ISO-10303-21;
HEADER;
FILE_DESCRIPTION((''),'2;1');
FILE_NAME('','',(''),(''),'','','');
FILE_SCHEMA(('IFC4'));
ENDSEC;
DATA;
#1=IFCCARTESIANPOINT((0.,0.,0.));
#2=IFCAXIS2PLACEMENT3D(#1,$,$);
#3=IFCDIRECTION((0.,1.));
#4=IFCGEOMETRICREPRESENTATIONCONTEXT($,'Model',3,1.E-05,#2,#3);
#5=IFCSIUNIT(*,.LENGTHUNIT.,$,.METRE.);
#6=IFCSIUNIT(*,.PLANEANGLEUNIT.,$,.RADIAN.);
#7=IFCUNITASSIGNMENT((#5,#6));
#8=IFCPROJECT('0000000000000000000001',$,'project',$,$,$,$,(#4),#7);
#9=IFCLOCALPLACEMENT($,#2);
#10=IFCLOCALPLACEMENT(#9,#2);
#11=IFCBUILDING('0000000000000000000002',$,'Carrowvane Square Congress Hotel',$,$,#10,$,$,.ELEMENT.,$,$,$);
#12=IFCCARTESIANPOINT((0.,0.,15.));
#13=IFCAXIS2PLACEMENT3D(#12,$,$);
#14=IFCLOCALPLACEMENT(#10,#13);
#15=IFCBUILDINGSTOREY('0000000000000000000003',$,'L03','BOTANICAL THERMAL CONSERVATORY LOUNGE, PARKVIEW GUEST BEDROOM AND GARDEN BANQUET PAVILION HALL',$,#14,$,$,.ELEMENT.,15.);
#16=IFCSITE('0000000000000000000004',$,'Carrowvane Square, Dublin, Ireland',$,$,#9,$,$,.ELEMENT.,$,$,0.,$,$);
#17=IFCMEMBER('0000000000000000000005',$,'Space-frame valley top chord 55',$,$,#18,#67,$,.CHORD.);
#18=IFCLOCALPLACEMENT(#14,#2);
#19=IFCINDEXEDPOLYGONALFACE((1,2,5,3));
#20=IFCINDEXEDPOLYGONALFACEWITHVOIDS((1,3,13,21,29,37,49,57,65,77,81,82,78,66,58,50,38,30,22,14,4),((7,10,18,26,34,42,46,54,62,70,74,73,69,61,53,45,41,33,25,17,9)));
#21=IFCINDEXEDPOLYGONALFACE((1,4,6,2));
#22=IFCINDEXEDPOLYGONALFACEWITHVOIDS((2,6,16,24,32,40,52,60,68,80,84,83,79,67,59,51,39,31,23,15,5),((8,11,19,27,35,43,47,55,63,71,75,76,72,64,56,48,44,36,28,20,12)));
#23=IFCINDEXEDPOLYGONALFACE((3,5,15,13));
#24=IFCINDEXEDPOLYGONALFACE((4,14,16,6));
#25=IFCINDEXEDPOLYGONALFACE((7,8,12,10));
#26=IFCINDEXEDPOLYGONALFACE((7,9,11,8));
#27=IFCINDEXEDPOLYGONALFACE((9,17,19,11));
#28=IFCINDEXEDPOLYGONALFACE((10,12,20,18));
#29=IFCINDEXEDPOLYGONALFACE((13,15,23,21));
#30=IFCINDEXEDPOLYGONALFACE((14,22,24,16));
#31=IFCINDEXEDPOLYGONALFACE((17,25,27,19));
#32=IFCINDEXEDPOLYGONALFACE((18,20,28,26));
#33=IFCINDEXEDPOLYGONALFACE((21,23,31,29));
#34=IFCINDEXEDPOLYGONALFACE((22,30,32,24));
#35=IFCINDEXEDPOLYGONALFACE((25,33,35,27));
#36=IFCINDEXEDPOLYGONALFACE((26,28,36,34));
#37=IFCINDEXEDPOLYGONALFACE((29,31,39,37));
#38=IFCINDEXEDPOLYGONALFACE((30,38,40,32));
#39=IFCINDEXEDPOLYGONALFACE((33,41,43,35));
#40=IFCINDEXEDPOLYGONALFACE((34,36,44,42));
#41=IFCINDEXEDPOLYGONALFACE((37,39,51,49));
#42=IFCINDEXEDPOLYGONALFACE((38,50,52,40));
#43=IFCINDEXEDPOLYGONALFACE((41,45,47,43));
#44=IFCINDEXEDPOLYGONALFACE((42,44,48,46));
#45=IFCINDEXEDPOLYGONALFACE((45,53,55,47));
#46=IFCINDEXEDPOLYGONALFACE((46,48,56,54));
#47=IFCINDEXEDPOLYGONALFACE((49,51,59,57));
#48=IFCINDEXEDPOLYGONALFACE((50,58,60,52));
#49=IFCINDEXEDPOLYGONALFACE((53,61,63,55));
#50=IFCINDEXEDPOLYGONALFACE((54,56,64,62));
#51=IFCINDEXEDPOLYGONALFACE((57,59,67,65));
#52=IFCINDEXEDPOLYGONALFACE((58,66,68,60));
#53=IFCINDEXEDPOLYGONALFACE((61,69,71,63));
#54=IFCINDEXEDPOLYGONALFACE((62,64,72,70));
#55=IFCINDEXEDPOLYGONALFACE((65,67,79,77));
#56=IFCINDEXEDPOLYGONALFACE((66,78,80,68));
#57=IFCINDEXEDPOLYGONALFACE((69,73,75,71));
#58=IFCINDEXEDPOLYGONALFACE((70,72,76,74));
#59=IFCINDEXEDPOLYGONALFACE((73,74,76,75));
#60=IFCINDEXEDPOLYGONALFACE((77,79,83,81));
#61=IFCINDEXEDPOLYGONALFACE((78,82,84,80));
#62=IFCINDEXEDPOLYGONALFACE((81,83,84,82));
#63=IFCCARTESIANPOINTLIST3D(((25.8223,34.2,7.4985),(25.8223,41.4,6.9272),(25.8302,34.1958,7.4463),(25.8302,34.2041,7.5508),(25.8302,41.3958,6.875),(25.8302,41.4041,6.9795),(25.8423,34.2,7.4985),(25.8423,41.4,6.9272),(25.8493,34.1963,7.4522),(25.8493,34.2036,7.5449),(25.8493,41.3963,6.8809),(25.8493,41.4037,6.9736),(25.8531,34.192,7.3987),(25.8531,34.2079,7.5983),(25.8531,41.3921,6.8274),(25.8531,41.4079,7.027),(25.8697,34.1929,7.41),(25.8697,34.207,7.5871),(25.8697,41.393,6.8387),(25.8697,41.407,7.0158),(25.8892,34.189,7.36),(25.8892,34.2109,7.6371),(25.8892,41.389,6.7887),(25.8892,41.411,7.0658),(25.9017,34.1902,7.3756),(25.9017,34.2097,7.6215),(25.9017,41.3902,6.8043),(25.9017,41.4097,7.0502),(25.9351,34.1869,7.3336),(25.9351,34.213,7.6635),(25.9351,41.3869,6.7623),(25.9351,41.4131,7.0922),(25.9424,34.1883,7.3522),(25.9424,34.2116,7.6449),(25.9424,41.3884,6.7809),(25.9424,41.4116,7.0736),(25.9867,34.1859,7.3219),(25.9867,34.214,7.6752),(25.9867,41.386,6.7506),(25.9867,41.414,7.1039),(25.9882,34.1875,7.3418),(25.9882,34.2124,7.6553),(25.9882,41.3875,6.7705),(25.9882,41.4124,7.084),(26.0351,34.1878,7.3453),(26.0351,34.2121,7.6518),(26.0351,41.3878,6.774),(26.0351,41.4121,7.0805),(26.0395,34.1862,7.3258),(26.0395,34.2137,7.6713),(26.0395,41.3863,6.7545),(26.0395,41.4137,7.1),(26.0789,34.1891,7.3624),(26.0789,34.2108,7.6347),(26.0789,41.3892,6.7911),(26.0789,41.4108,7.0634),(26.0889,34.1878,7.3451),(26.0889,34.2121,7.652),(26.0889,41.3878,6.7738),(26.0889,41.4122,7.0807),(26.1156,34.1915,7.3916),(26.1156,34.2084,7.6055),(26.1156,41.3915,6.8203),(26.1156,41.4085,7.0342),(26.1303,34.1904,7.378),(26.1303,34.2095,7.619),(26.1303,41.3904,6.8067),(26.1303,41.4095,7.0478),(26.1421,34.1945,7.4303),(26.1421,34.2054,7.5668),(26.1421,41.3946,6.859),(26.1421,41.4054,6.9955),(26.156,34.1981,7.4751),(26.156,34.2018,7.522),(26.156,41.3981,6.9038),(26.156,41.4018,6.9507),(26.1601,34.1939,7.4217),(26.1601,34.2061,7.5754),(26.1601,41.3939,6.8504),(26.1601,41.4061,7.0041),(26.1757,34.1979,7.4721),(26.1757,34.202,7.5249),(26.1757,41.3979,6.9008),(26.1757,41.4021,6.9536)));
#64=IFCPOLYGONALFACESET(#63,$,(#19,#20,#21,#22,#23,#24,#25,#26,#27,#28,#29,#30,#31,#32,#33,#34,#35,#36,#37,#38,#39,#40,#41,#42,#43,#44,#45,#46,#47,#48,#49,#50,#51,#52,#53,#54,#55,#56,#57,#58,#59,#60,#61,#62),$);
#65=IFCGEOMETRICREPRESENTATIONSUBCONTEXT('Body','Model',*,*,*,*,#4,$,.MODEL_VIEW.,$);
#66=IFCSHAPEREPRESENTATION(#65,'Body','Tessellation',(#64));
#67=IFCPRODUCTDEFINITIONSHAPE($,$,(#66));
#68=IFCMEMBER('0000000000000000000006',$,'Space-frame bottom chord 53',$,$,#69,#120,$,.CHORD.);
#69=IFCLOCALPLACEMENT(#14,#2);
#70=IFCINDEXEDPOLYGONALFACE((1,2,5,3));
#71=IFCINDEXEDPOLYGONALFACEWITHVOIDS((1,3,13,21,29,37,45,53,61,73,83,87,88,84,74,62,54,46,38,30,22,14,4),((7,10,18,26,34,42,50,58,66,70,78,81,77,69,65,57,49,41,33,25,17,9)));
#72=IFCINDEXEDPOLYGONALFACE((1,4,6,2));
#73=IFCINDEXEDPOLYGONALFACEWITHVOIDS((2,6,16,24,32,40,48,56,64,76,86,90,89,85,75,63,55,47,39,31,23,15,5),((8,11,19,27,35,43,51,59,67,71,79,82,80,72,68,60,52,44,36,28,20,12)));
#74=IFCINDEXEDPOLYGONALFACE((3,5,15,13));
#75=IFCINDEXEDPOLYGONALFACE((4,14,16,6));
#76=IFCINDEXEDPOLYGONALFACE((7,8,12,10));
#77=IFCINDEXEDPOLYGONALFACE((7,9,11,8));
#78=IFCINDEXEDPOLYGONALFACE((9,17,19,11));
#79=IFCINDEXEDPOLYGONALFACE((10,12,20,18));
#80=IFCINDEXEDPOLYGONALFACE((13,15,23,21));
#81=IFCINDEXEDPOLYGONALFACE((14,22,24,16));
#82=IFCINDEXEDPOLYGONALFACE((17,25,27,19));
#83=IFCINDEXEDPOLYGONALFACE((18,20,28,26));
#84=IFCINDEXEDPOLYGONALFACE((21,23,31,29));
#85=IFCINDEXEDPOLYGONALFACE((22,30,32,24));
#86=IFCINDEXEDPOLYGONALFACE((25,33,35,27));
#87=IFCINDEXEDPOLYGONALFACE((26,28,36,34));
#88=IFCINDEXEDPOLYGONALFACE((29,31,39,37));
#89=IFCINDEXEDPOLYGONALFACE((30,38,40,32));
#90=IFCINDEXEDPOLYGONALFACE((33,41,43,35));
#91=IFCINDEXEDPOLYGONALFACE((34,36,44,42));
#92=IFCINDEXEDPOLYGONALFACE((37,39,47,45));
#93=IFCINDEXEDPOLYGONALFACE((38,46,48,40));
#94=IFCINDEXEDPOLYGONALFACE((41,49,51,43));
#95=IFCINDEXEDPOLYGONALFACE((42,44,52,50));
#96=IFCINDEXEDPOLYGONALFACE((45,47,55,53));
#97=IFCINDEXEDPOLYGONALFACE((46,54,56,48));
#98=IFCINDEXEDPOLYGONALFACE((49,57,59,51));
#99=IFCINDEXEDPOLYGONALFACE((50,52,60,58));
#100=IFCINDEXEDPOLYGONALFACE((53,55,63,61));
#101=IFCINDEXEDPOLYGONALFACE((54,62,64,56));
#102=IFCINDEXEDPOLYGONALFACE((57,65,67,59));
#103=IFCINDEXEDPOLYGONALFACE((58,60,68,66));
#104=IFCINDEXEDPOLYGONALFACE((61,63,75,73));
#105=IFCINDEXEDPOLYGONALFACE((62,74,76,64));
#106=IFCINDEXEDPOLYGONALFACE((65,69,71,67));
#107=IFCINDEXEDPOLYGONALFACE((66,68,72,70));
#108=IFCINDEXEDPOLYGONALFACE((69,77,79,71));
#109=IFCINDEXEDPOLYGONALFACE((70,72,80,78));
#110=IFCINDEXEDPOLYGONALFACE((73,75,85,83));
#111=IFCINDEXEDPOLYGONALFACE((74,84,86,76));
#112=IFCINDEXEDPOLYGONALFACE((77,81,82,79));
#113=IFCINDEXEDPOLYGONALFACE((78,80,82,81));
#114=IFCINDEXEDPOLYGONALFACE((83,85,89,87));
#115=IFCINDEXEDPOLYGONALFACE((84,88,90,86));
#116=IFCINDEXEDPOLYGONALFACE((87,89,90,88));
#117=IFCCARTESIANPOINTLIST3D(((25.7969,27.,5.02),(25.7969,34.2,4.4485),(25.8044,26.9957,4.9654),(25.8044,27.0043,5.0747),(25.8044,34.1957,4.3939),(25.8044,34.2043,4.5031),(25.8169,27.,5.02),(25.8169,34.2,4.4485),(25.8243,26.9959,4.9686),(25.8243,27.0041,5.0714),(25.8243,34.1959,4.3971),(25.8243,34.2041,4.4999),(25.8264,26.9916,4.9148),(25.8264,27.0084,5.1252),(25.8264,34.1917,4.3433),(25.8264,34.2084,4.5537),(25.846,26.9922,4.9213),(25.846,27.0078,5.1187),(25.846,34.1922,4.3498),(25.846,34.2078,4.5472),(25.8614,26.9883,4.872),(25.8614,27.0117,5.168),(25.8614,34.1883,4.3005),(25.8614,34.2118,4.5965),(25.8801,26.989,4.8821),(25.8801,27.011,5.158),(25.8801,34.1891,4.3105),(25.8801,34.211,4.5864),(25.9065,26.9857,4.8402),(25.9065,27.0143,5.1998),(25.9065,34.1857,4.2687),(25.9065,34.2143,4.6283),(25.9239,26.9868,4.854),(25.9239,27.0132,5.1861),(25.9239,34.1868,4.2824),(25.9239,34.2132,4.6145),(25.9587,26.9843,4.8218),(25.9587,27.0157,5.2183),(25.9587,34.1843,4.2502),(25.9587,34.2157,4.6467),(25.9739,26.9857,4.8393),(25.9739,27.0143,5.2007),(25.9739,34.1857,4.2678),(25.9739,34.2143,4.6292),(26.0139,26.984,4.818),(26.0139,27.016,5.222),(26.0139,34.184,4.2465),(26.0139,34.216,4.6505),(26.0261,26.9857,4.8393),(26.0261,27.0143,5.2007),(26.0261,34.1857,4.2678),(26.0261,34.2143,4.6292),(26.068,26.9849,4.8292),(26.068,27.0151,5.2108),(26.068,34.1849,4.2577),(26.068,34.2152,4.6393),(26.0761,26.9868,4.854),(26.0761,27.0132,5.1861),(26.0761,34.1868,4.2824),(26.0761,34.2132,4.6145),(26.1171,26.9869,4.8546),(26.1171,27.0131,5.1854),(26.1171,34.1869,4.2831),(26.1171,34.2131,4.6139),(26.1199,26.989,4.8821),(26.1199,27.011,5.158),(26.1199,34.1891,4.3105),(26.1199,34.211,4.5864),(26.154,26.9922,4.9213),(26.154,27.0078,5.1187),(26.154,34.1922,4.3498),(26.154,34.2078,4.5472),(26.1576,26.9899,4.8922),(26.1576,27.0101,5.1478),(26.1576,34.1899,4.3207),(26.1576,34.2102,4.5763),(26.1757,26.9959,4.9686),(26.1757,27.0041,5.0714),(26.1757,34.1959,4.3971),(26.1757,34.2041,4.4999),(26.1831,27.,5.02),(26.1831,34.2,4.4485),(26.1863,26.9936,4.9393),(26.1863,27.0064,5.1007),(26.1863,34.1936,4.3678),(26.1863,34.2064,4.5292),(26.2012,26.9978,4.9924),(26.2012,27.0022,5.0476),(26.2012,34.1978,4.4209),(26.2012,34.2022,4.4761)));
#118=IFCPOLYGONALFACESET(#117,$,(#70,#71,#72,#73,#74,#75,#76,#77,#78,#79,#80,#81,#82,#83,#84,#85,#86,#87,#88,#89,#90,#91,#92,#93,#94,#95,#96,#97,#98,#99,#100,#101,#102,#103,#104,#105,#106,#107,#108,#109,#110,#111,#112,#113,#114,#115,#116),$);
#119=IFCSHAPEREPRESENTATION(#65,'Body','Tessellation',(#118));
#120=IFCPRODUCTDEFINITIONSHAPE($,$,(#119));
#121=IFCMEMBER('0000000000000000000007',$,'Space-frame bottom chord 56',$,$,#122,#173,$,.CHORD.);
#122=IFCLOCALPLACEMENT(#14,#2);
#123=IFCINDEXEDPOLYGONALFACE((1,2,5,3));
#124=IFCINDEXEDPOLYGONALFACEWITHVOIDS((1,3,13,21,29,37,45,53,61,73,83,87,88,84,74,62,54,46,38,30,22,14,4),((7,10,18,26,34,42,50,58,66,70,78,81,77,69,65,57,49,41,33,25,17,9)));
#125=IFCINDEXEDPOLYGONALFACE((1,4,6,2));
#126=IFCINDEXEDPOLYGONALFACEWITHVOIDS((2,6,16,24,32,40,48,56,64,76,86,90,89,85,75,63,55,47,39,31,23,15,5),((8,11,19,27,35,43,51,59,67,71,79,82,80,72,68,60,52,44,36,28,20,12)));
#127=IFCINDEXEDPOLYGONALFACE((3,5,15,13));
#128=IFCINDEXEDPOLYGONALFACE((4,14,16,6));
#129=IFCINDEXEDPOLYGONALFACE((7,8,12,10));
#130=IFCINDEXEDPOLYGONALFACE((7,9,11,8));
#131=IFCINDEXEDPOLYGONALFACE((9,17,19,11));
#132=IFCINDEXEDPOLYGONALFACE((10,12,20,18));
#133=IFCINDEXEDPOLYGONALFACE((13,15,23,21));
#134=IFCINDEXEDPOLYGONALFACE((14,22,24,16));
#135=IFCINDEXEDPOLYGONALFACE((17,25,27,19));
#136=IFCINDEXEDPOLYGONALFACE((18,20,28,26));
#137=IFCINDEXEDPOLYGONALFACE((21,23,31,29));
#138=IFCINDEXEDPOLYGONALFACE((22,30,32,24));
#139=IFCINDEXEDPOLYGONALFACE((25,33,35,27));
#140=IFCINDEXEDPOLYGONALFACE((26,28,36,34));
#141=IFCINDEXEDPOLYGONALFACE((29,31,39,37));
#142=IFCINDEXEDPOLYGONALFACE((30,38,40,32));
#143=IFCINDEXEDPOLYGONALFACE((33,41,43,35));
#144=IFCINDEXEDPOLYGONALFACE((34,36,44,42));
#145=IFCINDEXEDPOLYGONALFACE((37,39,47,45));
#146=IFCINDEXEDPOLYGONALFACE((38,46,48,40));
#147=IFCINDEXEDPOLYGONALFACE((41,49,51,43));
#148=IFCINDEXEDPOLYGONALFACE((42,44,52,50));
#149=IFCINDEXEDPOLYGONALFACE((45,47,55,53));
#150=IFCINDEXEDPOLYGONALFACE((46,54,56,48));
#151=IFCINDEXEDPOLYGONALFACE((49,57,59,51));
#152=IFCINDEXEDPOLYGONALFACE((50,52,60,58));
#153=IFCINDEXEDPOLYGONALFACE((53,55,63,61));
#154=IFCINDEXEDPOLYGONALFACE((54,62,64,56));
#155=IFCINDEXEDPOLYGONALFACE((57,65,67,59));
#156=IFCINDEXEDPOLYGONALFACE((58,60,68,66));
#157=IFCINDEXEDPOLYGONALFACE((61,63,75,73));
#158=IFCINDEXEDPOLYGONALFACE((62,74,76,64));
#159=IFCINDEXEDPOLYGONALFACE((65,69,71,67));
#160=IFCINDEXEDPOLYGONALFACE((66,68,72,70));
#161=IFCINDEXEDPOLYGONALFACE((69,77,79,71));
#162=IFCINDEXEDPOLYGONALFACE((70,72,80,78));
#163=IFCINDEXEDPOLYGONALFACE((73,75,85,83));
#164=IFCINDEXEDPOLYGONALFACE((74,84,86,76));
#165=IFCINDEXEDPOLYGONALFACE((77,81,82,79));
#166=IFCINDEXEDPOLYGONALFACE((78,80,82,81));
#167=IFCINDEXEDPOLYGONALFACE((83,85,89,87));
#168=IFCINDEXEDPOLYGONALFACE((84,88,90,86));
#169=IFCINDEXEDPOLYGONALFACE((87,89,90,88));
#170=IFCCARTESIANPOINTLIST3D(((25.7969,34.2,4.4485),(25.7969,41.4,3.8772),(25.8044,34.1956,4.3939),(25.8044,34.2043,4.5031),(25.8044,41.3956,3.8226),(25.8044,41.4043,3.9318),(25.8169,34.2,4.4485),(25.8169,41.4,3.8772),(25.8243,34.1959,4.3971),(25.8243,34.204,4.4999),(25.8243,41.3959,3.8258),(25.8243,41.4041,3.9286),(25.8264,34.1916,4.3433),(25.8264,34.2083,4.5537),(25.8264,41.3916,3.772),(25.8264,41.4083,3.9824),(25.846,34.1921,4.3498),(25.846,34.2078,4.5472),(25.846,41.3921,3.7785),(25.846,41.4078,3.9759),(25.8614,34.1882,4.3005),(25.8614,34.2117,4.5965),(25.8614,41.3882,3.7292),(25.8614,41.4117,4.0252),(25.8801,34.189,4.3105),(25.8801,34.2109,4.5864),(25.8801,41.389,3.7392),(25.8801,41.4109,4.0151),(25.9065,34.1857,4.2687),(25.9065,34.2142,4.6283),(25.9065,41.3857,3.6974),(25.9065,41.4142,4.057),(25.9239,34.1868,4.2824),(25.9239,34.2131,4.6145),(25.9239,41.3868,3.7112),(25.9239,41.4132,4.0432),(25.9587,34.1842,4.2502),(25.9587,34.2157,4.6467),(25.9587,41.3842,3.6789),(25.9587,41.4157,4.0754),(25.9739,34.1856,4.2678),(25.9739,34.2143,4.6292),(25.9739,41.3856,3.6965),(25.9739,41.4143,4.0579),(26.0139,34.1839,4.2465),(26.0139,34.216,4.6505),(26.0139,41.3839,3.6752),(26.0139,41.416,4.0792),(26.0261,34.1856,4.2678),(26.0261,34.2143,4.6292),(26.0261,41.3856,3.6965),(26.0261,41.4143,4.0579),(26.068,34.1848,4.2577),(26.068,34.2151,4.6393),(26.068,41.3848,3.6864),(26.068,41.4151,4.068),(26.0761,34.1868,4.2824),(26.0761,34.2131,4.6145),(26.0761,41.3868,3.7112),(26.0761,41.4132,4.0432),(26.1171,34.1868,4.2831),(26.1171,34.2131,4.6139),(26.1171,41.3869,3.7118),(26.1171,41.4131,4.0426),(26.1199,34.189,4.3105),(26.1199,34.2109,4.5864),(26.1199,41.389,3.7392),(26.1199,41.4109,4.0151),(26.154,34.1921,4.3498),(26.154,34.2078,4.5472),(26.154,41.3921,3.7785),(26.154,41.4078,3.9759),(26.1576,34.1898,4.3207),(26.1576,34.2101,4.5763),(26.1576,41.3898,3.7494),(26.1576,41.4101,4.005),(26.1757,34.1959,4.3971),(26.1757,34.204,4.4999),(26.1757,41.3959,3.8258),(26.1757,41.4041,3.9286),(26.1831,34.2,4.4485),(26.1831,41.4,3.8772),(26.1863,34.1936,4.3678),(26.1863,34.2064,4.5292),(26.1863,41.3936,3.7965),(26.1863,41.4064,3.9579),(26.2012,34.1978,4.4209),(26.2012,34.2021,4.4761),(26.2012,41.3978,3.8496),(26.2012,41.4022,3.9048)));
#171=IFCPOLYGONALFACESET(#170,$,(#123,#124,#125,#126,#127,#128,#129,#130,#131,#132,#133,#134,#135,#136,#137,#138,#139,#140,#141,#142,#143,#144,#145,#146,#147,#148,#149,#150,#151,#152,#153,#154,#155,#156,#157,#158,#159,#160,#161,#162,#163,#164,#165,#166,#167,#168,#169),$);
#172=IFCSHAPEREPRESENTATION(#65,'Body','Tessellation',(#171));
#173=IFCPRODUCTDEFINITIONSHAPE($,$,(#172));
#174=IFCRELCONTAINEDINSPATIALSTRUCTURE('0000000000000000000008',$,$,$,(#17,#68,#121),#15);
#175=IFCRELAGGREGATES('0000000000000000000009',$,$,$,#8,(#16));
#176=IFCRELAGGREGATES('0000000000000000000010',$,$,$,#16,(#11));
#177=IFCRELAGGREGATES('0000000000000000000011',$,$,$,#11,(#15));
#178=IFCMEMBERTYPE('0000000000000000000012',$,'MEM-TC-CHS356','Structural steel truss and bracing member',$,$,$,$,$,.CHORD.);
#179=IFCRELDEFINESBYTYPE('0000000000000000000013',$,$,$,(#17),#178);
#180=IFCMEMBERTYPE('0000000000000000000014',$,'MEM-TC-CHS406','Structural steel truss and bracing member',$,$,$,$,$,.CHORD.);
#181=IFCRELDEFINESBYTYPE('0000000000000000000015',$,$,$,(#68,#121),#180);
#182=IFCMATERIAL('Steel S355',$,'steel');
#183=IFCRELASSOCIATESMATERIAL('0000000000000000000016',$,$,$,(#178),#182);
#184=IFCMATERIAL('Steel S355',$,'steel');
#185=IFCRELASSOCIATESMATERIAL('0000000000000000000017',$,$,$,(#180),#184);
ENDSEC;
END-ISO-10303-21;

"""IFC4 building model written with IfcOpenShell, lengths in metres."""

from ifc_helpers import new_model, si_unit, direction, frame, origin, origin_2d, place, context, subcontext, project, spatial, hollow_circle, extrude, material, material_profile, profile_set, type_object, element, save


model = new_model("IFC4")

# Units and contexts
model_context = context("Model", 3, precision=1e-05, world=origin(), true_north=direction((0.0, 1.0)))
body_context = subcontext(model_context, "Body", "Model", "MODEL_VIEW")
ifc_project = project(units=[si_unit("LENGTHUNIT", "METRE"), si_unit("PLANEANGLEUNIT", "RADIAN")], contexts=[model_context])

# Site, building, storey
site_placement = place(None, origin())
site = spatial("IfcSite", under=ifc_project, at=site_placement, Name="Carrowvane Square, Dublin, Ireland", CompositionType="ELEMENT", RefElevation=0.0)
building_placement = place(site_placement, origin())
building = spatial("IfcBuilding", under=site, at=building_placement, Name="Carrowvane Square Congress Hotel", CompositionType="ELEMENT")
storey_placement = place(building_placement, frame((0.0, 0.0, 15.0)))
storey = spatial("IfcBuildingStorey", under=building, at=storey_placement, Name="L03", Description="BOTANICAL THERMAL CONSERVATORY LOUNGE, PARKVIEW GUEST BEDROOM AND GARDEN BANQUET PAVILION HALL", CompositionType="ELEMENT", Elevation=15.0)

# Members
ifc_material_1 = material(Name="Steel S355", Category="steel")
ifc_material_profile_1 = material_profile(ifc_material_1, hollow_circle(Radius=0.1777, WallThickness=0.02, at=origin_2d()), Name="CHS 355.6x20")
ifc_profile_set_1 = profile_set([ifc_material_profile_1], Name="Steel S355")
member_type_1 = type_object("IfcMemberType", Name="MEM-TC-CHS356", Description="Structural steel truss and bracing member", PredefinedType="CHORD", material=ifc_profile_set_1)
for number, where, z_axis, x_axis, name in (
    (1, (26.0, 34.2, 7.4985), (0.0, 0.996867, -0.079098), (-1.0, 0.0, 0.0), "Space-frame valley top chord 55"),
):
    element("IfcMember", number, at=place(storey_placement, frame(where, z_axis=z_axis, x_axis=x_axis)), inside=storey, type_object=member_type_1, Name=name, PredefinedType="CHORD", context=body_context, shape_type="SweptSolid", body=[
        extrude(hollow_circle(Radius=0.1777, WallThickness=0.02, at=origin_2d()), origin(), (0.0, 0.0, 1.0), 7.2227),
    ])
ifc_material_2 = material(Name="Steel S355", Category="steel")
ifc_material_profile_2 = material_profile(ifc_material_2, hollow_circle(Radius=0.2031, WallThickness=0.02, at=origin_2d()), Name="CHS 406.4x20")
ifc_profile_set_2 = profile_set([ifc_material_profile_2], Name="Steel S355")
member_type_2 = type_object("IfcMemberType", Name="MEM-TC-CHS406", Description="Structural steel truss and bracing member", PredefinedType="CHORD", material=ifc_profile_set_2)
for number, where, z_axis, x_axis, name in (
    (2, (26.0, 27.0, 5.02), (0.0, 0.996864, -0.079131), (-1.0, 0.0, 0.0), "Space-frame bottom chord 53"),
    (3, (26.0, 34.2, 4.4485), (0.0, 0.996867, -0.079098), (-1.0, 0.0, 0.0), "Space-frame bottom chord 56"),
):
    element("IfcMember", number, at=place(storey_placement, frame(where, z_axis=z_axis, x_axis=x_axis)), inside=storey, type_object=member_type_2, Name=name, PredefinedType="CHORD", context=body_context, shape_type="SweptSolid", body=[
        extrude(hollow_circle(Radius=0.2031, WallThickness=0.02, at=origin_2d()), origin(), (0.0, 0.0, 1.0), 7.2227),
    ])

save(model, "model.ifc")
